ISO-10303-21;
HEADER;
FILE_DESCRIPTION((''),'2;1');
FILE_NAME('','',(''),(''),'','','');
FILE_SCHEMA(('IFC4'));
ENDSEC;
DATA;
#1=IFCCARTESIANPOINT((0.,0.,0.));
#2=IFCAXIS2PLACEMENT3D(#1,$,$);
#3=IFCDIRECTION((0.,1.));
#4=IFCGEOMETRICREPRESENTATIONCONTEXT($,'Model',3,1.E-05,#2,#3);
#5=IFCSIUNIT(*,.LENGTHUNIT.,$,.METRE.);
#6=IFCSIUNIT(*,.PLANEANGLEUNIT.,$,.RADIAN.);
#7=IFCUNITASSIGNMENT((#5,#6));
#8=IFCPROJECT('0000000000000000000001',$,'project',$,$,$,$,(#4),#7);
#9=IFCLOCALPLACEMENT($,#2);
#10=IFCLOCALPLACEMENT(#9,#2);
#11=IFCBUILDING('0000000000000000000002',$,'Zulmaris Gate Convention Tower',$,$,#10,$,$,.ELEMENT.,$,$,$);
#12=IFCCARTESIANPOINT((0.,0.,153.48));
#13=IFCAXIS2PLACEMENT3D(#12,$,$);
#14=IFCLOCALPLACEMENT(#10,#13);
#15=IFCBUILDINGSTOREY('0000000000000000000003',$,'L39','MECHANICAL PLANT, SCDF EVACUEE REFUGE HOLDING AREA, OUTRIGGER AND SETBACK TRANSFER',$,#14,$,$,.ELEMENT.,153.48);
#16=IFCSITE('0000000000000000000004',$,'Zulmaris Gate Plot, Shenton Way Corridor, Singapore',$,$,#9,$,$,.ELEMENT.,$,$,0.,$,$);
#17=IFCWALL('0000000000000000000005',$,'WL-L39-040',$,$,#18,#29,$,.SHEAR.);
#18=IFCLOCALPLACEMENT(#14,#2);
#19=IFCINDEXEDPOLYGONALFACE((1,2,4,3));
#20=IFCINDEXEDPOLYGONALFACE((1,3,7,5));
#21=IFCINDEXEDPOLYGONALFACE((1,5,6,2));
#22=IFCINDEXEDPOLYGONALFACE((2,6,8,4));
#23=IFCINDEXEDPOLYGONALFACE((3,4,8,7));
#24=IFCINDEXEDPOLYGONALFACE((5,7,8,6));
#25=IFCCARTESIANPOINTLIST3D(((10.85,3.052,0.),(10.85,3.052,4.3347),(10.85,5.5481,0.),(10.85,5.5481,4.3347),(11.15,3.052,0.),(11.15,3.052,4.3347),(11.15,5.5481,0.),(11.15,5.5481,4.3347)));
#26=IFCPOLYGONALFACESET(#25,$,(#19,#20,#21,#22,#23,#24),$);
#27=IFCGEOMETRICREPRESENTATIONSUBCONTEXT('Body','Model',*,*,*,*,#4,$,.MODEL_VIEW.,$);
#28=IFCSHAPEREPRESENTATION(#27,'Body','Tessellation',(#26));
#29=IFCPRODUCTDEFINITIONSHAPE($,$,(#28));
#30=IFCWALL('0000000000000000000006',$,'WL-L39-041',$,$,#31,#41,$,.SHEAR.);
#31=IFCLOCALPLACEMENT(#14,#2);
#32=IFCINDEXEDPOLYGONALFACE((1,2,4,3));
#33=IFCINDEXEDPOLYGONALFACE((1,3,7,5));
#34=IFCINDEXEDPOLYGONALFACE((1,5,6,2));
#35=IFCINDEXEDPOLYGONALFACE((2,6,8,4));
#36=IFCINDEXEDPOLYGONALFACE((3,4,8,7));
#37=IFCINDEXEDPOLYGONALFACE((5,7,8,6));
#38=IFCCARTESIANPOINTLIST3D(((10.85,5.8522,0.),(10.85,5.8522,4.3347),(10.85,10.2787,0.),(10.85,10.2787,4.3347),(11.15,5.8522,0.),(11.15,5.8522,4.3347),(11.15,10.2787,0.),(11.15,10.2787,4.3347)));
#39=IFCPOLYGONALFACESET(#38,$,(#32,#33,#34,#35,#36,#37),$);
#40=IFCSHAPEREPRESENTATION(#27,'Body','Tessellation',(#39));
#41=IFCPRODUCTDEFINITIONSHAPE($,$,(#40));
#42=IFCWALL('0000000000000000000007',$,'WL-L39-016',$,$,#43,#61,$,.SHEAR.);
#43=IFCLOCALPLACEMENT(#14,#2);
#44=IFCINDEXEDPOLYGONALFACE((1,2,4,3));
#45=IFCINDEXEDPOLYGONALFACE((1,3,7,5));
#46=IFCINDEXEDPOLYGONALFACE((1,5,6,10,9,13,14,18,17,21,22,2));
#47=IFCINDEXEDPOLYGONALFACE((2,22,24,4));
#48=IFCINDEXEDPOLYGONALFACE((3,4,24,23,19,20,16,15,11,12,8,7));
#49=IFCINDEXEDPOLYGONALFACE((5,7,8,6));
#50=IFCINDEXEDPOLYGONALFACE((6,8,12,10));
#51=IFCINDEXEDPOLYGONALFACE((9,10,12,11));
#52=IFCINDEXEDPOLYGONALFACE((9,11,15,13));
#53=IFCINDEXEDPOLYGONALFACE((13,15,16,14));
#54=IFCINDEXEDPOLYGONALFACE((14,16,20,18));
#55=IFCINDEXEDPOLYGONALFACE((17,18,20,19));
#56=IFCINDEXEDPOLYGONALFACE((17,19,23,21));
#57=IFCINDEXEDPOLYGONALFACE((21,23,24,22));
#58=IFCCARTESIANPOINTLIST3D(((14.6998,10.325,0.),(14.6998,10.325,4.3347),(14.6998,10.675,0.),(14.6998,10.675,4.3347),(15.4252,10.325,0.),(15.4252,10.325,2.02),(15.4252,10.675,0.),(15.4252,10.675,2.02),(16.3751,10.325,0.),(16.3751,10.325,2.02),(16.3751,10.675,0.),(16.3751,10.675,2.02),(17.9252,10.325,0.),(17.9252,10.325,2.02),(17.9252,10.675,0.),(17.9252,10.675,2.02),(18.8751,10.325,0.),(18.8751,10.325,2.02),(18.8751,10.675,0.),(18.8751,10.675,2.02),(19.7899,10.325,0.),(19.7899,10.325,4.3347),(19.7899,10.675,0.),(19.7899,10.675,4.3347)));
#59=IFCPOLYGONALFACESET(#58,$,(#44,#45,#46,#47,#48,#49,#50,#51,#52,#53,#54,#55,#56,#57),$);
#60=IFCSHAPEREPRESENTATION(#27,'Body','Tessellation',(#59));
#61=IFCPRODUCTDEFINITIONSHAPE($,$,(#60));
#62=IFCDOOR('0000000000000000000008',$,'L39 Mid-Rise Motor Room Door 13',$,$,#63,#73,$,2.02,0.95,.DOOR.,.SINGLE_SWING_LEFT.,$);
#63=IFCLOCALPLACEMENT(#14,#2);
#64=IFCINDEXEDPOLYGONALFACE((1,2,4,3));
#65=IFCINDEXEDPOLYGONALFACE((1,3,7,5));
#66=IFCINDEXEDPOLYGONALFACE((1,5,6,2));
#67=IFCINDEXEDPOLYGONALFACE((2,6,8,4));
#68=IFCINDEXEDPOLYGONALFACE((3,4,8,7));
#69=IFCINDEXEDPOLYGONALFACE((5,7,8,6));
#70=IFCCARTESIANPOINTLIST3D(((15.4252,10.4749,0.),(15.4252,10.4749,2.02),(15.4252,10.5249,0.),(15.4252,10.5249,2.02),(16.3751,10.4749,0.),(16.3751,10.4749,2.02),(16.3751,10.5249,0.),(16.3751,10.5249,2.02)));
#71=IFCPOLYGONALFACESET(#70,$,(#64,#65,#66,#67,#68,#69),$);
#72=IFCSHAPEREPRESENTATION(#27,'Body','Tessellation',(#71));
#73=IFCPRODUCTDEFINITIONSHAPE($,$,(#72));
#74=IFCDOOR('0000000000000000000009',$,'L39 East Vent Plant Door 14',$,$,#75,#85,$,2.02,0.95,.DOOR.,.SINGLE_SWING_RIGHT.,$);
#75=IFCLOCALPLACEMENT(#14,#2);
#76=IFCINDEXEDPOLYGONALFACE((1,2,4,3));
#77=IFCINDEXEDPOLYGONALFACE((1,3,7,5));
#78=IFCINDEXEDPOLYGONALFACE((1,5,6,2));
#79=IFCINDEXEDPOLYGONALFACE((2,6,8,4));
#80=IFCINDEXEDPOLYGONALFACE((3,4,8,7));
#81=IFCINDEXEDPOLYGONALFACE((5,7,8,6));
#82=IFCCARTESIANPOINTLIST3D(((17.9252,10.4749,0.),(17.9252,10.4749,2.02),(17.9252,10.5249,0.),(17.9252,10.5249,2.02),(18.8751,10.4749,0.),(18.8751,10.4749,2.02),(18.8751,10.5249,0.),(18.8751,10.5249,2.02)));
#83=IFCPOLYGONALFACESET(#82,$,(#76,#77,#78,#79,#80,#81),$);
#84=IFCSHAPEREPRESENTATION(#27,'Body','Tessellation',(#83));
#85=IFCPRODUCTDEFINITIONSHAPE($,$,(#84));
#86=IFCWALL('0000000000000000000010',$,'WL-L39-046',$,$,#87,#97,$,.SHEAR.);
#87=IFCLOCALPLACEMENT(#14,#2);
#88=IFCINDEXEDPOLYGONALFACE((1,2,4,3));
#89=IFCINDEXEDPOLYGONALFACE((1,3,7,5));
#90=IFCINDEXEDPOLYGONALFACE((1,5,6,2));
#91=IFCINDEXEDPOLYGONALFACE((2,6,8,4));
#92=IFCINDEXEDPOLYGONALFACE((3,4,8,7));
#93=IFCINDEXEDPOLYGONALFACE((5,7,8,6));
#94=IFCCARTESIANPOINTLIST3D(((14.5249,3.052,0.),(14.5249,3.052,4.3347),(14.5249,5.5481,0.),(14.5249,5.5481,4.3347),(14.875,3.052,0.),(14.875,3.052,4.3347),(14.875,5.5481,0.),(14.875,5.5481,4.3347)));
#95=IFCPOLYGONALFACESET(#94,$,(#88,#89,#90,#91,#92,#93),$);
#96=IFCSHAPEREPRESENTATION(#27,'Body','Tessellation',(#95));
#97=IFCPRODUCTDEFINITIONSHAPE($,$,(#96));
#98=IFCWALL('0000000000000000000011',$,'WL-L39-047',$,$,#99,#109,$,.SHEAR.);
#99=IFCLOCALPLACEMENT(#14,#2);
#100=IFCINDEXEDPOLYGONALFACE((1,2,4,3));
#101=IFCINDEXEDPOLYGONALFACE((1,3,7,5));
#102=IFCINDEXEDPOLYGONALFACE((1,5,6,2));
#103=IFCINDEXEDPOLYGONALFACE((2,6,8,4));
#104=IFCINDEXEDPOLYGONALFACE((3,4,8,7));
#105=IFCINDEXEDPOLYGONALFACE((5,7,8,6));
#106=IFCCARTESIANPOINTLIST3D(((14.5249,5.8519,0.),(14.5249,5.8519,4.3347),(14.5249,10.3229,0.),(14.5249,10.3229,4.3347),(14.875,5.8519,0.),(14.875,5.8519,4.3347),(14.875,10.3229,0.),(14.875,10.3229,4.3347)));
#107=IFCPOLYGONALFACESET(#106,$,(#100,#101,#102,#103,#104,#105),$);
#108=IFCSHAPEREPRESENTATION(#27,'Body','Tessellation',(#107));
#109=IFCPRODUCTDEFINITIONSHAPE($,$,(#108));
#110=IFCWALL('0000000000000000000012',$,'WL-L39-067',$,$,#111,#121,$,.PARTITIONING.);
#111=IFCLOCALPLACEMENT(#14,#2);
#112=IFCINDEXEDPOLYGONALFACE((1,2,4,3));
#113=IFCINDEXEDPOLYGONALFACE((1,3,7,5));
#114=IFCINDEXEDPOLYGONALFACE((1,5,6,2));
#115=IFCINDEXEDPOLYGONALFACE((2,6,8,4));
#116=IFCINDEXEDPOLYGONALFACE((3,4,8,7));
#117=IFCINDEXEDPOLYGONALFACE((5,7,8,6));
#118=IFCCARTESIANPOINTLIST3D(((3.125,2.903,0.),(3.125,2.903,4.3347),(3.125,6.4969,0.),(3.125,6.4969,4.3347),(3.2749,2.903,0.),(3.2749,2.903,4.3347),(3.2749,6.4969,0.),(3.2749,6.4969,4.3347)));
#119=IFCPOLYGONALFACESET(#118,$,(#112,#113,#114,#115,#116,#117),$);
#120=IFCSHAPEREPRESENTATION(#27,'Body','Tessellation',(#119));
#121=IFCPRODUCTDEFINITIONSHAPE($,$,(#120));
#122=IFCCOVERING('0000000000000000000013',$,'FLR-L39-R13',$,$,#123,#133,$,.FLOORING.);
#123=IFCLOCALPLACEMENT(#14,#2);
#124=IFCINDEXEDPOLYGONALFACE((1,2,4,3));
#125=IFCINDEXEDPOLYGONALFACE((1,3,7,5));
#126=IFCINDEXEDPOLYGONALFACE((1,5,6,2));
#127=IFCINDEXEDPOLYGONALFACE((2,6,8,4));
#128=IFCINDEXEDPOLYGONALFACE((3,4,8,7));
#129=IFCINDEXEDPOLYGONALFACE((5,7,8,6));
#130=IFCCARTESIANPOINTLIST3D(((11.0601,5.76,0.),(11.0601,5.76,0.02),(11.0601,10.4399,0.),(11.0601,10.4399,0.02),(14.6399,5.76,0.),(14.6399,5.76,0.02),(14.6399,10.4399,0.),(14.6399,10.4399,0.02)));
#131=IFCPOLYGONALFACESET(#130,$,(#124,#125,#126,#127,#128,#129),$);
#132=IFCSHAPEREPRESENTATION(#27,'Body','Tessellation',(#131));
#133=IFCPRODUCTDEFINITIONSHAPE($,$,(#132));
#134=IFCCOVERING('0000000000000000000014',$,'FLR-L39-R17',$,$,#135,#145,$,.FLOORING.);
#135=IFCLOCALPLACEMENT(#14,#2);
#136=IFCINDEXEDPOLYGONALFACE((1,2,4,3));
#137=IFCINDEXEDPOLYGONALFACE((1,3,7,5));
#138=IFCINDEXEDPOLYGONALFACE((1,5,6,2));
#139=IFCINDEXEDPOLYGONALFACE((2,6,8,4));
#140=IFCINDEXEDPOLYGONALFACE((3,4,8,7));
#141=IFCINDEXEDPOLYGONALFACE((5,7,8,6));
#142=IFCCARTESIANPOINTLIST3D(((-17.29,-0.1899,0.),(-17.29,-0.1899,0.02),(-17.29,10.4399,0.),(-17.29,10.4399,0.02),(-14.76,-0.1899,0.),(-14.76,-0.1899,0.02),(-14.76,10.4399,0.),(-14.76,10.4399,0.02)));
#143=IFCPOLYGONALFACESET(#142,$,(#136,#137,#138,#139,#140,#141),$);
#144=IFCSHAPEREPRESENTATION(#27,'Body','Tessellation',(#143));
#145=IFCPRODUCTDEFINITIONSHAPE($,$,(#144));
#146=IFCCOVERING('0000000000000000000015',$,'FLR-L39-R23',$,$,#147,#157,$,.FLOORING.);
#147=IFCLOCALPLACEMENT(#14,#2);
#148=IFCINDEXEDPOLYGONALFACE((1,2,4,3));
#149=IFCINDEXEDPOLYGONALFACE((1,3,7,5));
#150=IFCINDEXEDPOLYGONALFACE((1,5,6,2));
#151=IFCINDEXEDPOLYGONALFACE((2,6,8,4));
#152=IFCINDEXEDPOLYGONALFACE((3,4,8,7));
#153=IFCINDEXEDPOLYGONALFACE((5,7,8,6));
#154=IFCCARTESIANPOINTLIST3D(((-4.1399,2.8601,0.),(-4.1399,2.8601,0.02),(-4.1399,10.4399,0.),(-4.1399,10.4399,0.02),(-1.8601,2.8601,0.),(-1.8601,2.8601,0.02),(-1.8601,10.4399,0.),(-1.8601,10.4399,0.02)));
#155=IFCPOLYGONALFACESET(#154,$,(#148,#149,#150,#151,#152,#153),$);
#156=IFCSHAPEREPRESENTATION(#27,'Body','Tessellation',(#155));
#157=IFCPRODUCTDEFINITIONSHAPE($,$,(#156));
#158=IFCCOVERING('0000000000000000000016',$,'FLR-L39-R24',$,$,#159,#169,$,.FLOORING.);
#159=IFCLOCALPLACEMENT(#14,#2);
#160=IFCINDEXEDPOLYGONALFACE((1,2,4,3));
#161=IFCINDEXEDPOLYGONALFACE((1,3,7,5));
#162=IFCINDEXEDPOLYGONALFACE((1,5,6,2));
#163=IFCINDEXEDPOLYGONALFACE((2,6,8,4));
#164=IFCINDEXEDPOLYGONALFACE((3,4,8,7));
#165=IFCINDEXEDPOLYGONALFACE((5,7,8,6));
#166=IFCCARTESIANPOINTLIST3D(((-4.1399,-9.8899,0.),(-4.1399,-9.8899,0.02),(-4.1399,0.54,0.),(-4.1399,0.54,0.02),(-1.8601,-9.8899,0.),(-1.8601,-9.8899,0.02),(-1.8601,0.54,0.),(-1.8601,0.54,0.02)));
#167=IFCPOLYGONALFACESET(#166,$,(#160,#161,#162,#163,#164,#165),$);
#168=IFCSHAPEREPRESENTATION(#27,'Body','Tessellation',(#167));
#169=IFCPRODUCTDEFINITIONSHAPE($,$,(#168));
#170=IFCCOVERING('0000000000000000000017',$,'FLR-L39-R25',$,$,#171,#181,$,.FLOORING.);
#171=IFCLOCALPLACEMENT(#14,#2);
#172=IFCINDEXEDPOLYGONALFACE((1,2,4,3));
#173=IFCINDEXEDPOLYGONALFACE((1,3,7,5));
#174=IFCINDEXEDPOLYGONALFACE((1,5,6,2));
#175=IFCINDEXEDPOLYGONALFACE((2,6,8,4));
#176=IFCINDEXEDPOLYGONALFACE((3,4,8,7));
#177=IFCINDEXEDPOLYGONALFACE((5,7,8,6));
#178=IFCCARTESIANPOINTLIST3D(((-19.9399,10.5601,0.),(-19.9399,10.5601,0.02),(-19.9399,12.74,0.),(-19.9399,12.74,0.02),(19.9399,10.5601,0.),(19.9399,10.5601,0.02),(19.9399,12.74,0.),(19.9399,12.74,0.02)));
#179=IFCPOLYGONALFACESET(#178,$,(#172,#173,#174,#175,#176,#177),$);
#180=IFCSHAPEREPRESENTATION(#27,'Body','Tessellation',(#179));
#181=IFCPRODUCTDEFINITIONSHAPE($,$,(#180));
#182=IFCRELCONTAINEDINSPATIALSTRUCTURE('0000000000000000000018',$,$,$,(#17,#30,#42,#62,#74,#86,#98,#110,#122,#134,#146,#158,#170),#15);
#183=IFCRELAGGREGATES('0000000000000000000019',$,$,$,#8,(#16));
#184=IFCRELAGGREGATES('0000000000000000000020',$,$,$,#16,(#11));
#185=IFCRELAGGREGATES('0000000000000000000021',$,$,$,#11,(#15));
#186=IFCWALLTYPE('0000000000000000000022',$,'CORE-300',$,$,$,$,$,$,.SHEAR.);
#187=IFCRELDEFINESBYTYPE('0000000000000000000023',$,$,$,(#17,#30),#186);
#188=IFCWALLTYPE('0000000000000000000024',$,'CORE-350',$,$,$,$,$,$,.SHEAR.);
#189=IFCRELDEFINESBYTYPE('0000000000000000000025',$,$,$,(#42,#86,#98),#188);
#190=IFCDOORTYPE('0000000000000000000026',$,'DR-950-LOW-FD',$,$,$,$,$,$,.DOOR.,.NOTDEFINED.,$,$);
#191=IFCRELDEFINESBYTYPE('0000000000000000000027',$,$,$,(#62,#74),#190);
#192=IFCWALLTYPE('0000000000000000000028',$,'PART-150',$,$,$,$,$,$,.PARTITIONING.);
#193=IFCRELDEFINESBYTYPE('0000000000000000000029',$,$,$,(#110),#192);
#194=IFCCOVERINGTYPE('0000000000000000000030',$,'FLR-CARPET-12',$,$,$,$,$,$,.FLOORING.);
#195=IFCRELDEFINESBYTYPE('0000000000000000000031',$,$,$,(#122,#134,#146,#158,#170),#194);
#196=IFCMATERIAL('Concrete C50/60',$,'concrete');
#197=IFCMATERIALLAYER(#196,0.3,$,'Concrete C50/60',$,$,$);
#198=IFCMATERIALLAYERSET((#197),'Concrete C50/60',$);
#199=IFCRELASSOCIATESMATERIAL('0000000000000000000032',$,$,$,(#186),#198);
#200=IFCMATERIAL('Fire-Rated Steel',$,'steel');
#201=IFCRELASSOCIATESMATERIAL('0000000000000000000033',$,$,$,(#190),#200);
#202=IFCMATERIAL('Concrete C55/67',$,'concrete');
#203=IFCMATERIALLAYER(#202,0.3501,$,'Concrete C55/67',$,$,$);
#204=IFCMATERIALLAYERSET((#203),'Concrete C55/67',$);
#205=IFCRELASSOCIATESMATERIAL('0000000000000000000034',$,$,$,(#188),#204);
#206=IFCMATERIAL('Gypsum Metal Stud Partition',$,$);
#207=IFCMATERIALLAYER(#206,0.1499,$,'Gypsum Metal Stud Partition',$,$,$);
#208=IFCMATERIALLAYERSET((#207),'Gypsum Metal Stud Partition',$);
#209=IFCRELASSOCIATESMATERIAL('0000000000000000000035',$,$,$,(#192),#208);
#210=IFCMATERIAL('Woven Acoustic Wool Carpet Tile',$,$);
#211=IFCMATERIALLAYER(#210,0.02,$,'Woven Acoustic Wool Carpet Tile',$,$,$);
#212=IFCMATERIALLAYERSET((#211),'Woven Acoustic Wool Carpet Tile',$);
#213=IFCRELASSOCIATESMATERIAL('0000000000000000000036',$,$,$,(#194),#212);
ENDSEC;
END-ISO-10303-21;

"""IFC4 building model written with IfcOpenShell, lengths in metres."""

from ifc_helpers import new_model, si_unit, direction, frame, frame_2d, origin, place, context, subcontext, project, spatial, polyline, rectangle, outline, extrude, material, layer, layer_set, type_object, element, fill, save


model = new_model("IFC4")

# Units and contexts
model_context = context("Model", 3, precision=1e-05, world=origin(), true_north=direction((0.0, 1.0)))
body_context = subcontext(model_context, "Body", "Model", "MODEL_VIEW")
ifc_project = project(units=[si_unit("LENGTHUNIT", "METRE"), si_unit("PLANEANGLEUNIT", "RADIAN")], contexts=[model_context])

# Site, building, storey
site_placement = place(None, origin())
site = spatial("IfcSite", under=ifc_project, at=site_placement, Name="Zulmaris Gate Plot, Shenton Way Corridor, Singapore", CompositionType="ELEMENT", RefElevation=0.0)
building_placement = place(site_placement, origin())
building = spatial("IfcBuilding", under=site, at=building_placement, Name="Zulmaris Gate Convention Tower", CompositionType="ELEMENT")
storey_placement = place(building_placement, frame((0.0, 0.0, 153.48)))
storey = spatial("IfcBuildingStorey", under=building, at=storey_placement, Name="L39", Description="MECHANICAL PLANT, SCDF EVACUEE REFUGE HOLDING AREA, OUTRIGGER AND SETBACK TRANSFER", CompositionType="ELEMENT", Elevation=153.48)

# Shared definitions
ifc_material_1 = material(Name="Concrete C50/60", Category="concrete")

# Shared definitions
ifc_layer_1 = layer(ifc_material_1, 0.3, Name="Concrete C50/60")
ifc_layer_set_1 = layer_set([ifc_layer_1], Name="Concrete C50/60")
wall_type_1 = type_object("IfcWallType", Name="CORE-300", PredefinedType="SHEAR", material=ifc_layer_set_1)

# Shared definitions
ifc_material_2 = material(Name="Fire-Rated Steel", Category="steel")
door_type_1 = type_object("IfcDoorType", Name="DR-950-LOW-FD", OperationType="NOTDEFINED", PredefinedType="DOOR", material=ifc_material_2)

# Walls
wall_1_placement = place(storey_placement, frame((11.0, 3.052, 0.0), z_axis=(0.0, 0.0, 1.0), x_axis=(0.0, 1.0, 0.0)))
element("IfcWall", 1, at=wall_1_placement, inside=storey, type_object=wall_type_1, Name="WL-L39-040", PredefinedType="SHEAR", context=body_context, shape_type="SweptSolid", body=[
    extrude(rectangle(XDim=2.4961, YDim=0.3, at=frame_2d((1.248, 0.0))), origin(), (0.0, 0.0, 1.0), 4.3347),
])
wall_2_placement = place(storey_placement, frame((11.0, 5.8521, 0.0), z_axis=(0.0, 0.0, 1.0), x_axis=(0.0, 1.0, 0.0)))
element("IfcWall", 2, at=wall_2_placement, inside=storey, type_object=wall_type_1, Name="WL-L39-041", PredefinedType="SHEAR", context=body_context, shape_type="SweptSolid", body=[
    extrude(rectangle(XDim=4.4265, YDim=0.3, at=frame_2d((2.2134, 0.0))), origin(), (0.0, 0.0, 1.0), 4.3347),
])

# Wall, openings, doors
ifc_material_3 = material(Name="Concrete C55/67", Category="concrete")
ifc_layer_2 = layer(ifc_material_3, 0.3501, Name="Concrete C55/67")
ifc_layer_set_2 = layer_set([ifc_layer_2], Name="Concrete C55/67")
wall_type_2 = type_object("IfcWallType", Name="CORE-350", PredefinedType="SHEAR", material=ifc_layer_set_2)
wall_3_placement = place(storey_placement, frame((14.7, 10.5, 0.0), z_axis=(0.0, 0.0, 1.0), x_axis=(1.0, 0.0, 0.0)))
wall_3 = element("IfcWall", 3, at=wall_3_placement, inside=storey, type_object=wall_type_2, Name="WL-L39-016", PredefinedType="SHEAR", context=body_context, shape_type="SweptSolid", body=[
    extrude(rectangle(XDim=5.0901, YDim=0.3501, at=frame_2d((2.5449, 0.0))), origin(), (0.0, 0.0, 1.0), 4.3347),
])
opening_1_placement = place(wall_3_placement, frame((0.7251, 0.0, 0.0)))
opening_1 = element("IfcOpeningElement", 4, at=opening_1_placement, cuts=wall_3, PredefinedType="OPENING", context=body_context, shape_type="SweptSolid", body=[
    extrude(rectangle(XDim=0.95, YDim=2.02, at=frame_2d((0.4751, 1.01))), frame((0.0, 0.1851, 0.0), z_axis=(0.0, -1.0, 0.0), x_axis=(1.0, 0.0, 0.0)), (0.0, 0.0, 1.0), 0.3701),
])
opening_2_placement = place(wall_3_placement, frame((3.2251, 0.0, 0.0)))
opening_2 = element("IfcOpeningElement", 5, at=opening_2_placement, cuts=wall_3, PredefinedType="OPENING", context=body_context, shape_type="SweptSolid", body=[
    extrude(rectangle(XDim=0.95, YDim=2.02, at=frame_2d((0.4751, 1.01))), frame((0.0, 0.1851, 0.0), z_axis=(0.0, -1.0, 0.0), x_axis=(1.0, 0.0, 0.0)), (0.0, 0.0, 1.0), 0.3701),
])
door_1_placement = place(opening_1_placement, origin())
door_1 = element("IfcDoor", 6, at=door_1_placement, inside=storey, type_object=door_type_1, Name="L39 Mid-Rise Motor Room Door 13", OperationType="SINGLE_SWING_LEFT", OverallHeight=2.02, OverallWidth=0.95, PredefinedType="DOOR", context=body_context, shape_type="SweptSolid", body=[
    extrude(rectangle(XDim=0.95, YDim=2.02, at=frame_2d((0.4751, 1.01))), frame((0.0, 0.0249, 0.0), z_axis=(0.0, -1.0, 0.0), x_axis=(1.0, 0.0, 0.0)), (0.0, 0.0, 1.0), 0.05),
])
fill(opening_1, door_1)
door_2_placement = place(opening_2_placement, origin())
door_2 = element("IfcDoor", 7, at=door_2_placement, inside=storey, type_object=door_type_1, Name="L39 East Vent Plant Door 14", OperationType="SINGLE_SWING_RIGHT", OverallHeight=2.02, OverallWidth=0.95, PredefinedType="DOOR", context=body_context, shape_type="SweptSolid", body=[
    extrude(rectangle(XDim=0.95, YDim=2.02, at=frame_2d((0.4751, 1.01))), frame((0.0, 0.0249, 0.0), z_axis=(0.0, -1.0, 0.0), x_axis=(1.0, 0.0, 0.0)), (0.0, 0.0, 1.0), 0.05),
])
fill(opening_2, door_2)

# Walls
wall_4_placement = place(storey_placement, frame((14.7, 3.052, 0.0), z_axis=(0.0, 0.0, 1.0), x_axis=(0.0, 1.0, 0.0)))
element("IfcWall", 8, at=wall_4_placement, inside=storey, type_object=wall_type_2, Name="WL-L39-046", PredefinedType="SHEAR", context=body_context, shape_type="SweptSolid", body=[
    extrude(rectangle(XDim=2.4961, YDim=0.3501, at=frame_2d((1.248, 0.0))), origin(), (0.0, 0.0, 1.0), 4.3347),
])
wall_5_placement = place(storey_placement, frame((14.7, 5.8521, 0.0), z_axis=(0.0, 0.0, 1.0), x_axis=(0.0, 1.0, 0.0)))
element("IfcWall", 9, at=wall_5_placement, inside=storey, type_object=wall_type_2, Name="WL-L39-047", PredefinedType="SHEAR", context=body_context, shape_type="SweptSolid", body=[
    extrude(rectangle(XDim=4.4709, YDim=0.3501, at=frame_2d((2.2354, 0.0))), origin(), (0.0, 0.0, 1.0), 4.3347),
])
ifc_material_4 = material(Name="Gypsum Metal Stud Partition")
ifc_layer_3 = layer(ifc_material_4, 0.1499, Name="Gypsum Metal Stud Partition")
ifc_layer_set_3 = layer_set([ifc_layer_3], Name="Gypsum Metal Stud Partition")
wall_type_3 = type_object("IfcWallType", Name="PART-150", PredefinedType="PARTITIONING", material=ifc_layer_set_3)
wall_6_placement = place(storey_placement, frame((3.2, 2.9031, 0.0), z_axis=(0.0, 0.0, 1.0), x_axis=(0.0, 1.0, 0.0)))
element("IfcWall", 10, at=wall_6_placement, inside=storey, type_object=wall_type_3, Name="WL-L39-067", PredefinedType="PARTITIONING", context=body_context, shape_type="SweptSolid", body=[
    extrude(rectangle(XDim=3.594, YDim=0.1499, at=frame_2d((1.7969, 0.0))), origin(), (0.0, 0.0, 1.0), 4.3347),
])

# Coverings
ifc_material_5 = material(Name="Woven Acoustic Wool Carpet Tile")
ifc_layer_4 = layer(ifc_material_5, 0.02, Name="Woven Acoustic Wool Carpet Tile")
ifc_layer_set_4 = layer_set([ifc_layer_4], Name="Woven Acoustic Wool Carpet Tile")
covering_type = type_object("IfcCoveringType", Name="FLR-CARPET-12", PredefinedType="FLOORING", material=ifc_layer_set_4)
covering_1_placement = place(storey_placement, origin())
element("IfcCovering", 11, at=covering_1_placement, inside=storey, type_object=covering_type, Name="FLR-L39-R13", PredefinedType="FLOORING", context=body_context, shape_type="SweptSolid", body=[
    extrude(outline(polyline([(11.0601, 5.76), (14.6399, 5.76), (14.6399, 10.4399), (11.0601, 10.4399), (11.0601, 5.76)])), origin(), (0.0, 0.0, 1.0), 0.02),
])
covering_2_placement = place(storey_placement, origin())
element("IfcCovering", 12, at=covering_2_placement, inside=storey, type_object=covering_type, Name="FLR-L39-R17", PredefinedType="FLOORING", context=body_context, shape_type="SweptSolid", body=[
    extrude(outline(polyline([(-17.29, -0.1899), (-14.76, -0.1899), (-14.76, 10.4399), (-17.29, 10.4399), (-17.29, -0.1899)])), origin(), (0.0, 0.0, 1.0), 0.02),
])
covering_3_placement = place(storey_placement, origin())
element("IfcCovering", 13, at=covering_3_placement, inside=storey, type_object=covering_type, Name="FLR-L39-R23", PredefinedType="FLOORING", context=body_context, shape_type="SweptSolid", body=[
    extrude(outline(polyline([(-4.1399, 2.8601), (-1.8601, 2.8601), (-1.8601, 10.4399), (-4.1399, 10.4399), (-4.1399, 2.8601)])), origin(), (0.0, 0.0, 1.0), 0.02),
])
covering_4_placement = place(storey_placement, origin())
element("IfcCovering", 14, at=covering_4_placement, inside=storey, type_object=covering_type, Name="FLR-L39-R24", PredefinedType="FLOORING", context=body_context, shape_type="SweptSolid", body=[
    extrude(outline(polyline([(-4.1399, -9.8899), (-1.8601, -9.8899), (-1.8601, 0.54), (-4.1399, 0.54), (-4.1399, -9.8899)])), origin(), (0.0, 0.0, 1.0), 0.02),
])
covering_5_placement = place(storey_placement, origin())
element("IfcCovering", 15, at=covering_5_placement, inside=storey, type_object=covering_type, Name="FLR-L39-R25", PredefinedType="FLOORING", context=body_context, shape_type="SweptSolid", body=[
    extrude(outline(polyline([(-19.9399, 10.5601), (19.9399, 10.5601), (19.9399, 12.74), (-19.9399, 12.74), (-19.9399, 10.5601)])), origin(), (0.0, 0.0, 1.0), 0.02),
])

save(model, "model.ifc")
